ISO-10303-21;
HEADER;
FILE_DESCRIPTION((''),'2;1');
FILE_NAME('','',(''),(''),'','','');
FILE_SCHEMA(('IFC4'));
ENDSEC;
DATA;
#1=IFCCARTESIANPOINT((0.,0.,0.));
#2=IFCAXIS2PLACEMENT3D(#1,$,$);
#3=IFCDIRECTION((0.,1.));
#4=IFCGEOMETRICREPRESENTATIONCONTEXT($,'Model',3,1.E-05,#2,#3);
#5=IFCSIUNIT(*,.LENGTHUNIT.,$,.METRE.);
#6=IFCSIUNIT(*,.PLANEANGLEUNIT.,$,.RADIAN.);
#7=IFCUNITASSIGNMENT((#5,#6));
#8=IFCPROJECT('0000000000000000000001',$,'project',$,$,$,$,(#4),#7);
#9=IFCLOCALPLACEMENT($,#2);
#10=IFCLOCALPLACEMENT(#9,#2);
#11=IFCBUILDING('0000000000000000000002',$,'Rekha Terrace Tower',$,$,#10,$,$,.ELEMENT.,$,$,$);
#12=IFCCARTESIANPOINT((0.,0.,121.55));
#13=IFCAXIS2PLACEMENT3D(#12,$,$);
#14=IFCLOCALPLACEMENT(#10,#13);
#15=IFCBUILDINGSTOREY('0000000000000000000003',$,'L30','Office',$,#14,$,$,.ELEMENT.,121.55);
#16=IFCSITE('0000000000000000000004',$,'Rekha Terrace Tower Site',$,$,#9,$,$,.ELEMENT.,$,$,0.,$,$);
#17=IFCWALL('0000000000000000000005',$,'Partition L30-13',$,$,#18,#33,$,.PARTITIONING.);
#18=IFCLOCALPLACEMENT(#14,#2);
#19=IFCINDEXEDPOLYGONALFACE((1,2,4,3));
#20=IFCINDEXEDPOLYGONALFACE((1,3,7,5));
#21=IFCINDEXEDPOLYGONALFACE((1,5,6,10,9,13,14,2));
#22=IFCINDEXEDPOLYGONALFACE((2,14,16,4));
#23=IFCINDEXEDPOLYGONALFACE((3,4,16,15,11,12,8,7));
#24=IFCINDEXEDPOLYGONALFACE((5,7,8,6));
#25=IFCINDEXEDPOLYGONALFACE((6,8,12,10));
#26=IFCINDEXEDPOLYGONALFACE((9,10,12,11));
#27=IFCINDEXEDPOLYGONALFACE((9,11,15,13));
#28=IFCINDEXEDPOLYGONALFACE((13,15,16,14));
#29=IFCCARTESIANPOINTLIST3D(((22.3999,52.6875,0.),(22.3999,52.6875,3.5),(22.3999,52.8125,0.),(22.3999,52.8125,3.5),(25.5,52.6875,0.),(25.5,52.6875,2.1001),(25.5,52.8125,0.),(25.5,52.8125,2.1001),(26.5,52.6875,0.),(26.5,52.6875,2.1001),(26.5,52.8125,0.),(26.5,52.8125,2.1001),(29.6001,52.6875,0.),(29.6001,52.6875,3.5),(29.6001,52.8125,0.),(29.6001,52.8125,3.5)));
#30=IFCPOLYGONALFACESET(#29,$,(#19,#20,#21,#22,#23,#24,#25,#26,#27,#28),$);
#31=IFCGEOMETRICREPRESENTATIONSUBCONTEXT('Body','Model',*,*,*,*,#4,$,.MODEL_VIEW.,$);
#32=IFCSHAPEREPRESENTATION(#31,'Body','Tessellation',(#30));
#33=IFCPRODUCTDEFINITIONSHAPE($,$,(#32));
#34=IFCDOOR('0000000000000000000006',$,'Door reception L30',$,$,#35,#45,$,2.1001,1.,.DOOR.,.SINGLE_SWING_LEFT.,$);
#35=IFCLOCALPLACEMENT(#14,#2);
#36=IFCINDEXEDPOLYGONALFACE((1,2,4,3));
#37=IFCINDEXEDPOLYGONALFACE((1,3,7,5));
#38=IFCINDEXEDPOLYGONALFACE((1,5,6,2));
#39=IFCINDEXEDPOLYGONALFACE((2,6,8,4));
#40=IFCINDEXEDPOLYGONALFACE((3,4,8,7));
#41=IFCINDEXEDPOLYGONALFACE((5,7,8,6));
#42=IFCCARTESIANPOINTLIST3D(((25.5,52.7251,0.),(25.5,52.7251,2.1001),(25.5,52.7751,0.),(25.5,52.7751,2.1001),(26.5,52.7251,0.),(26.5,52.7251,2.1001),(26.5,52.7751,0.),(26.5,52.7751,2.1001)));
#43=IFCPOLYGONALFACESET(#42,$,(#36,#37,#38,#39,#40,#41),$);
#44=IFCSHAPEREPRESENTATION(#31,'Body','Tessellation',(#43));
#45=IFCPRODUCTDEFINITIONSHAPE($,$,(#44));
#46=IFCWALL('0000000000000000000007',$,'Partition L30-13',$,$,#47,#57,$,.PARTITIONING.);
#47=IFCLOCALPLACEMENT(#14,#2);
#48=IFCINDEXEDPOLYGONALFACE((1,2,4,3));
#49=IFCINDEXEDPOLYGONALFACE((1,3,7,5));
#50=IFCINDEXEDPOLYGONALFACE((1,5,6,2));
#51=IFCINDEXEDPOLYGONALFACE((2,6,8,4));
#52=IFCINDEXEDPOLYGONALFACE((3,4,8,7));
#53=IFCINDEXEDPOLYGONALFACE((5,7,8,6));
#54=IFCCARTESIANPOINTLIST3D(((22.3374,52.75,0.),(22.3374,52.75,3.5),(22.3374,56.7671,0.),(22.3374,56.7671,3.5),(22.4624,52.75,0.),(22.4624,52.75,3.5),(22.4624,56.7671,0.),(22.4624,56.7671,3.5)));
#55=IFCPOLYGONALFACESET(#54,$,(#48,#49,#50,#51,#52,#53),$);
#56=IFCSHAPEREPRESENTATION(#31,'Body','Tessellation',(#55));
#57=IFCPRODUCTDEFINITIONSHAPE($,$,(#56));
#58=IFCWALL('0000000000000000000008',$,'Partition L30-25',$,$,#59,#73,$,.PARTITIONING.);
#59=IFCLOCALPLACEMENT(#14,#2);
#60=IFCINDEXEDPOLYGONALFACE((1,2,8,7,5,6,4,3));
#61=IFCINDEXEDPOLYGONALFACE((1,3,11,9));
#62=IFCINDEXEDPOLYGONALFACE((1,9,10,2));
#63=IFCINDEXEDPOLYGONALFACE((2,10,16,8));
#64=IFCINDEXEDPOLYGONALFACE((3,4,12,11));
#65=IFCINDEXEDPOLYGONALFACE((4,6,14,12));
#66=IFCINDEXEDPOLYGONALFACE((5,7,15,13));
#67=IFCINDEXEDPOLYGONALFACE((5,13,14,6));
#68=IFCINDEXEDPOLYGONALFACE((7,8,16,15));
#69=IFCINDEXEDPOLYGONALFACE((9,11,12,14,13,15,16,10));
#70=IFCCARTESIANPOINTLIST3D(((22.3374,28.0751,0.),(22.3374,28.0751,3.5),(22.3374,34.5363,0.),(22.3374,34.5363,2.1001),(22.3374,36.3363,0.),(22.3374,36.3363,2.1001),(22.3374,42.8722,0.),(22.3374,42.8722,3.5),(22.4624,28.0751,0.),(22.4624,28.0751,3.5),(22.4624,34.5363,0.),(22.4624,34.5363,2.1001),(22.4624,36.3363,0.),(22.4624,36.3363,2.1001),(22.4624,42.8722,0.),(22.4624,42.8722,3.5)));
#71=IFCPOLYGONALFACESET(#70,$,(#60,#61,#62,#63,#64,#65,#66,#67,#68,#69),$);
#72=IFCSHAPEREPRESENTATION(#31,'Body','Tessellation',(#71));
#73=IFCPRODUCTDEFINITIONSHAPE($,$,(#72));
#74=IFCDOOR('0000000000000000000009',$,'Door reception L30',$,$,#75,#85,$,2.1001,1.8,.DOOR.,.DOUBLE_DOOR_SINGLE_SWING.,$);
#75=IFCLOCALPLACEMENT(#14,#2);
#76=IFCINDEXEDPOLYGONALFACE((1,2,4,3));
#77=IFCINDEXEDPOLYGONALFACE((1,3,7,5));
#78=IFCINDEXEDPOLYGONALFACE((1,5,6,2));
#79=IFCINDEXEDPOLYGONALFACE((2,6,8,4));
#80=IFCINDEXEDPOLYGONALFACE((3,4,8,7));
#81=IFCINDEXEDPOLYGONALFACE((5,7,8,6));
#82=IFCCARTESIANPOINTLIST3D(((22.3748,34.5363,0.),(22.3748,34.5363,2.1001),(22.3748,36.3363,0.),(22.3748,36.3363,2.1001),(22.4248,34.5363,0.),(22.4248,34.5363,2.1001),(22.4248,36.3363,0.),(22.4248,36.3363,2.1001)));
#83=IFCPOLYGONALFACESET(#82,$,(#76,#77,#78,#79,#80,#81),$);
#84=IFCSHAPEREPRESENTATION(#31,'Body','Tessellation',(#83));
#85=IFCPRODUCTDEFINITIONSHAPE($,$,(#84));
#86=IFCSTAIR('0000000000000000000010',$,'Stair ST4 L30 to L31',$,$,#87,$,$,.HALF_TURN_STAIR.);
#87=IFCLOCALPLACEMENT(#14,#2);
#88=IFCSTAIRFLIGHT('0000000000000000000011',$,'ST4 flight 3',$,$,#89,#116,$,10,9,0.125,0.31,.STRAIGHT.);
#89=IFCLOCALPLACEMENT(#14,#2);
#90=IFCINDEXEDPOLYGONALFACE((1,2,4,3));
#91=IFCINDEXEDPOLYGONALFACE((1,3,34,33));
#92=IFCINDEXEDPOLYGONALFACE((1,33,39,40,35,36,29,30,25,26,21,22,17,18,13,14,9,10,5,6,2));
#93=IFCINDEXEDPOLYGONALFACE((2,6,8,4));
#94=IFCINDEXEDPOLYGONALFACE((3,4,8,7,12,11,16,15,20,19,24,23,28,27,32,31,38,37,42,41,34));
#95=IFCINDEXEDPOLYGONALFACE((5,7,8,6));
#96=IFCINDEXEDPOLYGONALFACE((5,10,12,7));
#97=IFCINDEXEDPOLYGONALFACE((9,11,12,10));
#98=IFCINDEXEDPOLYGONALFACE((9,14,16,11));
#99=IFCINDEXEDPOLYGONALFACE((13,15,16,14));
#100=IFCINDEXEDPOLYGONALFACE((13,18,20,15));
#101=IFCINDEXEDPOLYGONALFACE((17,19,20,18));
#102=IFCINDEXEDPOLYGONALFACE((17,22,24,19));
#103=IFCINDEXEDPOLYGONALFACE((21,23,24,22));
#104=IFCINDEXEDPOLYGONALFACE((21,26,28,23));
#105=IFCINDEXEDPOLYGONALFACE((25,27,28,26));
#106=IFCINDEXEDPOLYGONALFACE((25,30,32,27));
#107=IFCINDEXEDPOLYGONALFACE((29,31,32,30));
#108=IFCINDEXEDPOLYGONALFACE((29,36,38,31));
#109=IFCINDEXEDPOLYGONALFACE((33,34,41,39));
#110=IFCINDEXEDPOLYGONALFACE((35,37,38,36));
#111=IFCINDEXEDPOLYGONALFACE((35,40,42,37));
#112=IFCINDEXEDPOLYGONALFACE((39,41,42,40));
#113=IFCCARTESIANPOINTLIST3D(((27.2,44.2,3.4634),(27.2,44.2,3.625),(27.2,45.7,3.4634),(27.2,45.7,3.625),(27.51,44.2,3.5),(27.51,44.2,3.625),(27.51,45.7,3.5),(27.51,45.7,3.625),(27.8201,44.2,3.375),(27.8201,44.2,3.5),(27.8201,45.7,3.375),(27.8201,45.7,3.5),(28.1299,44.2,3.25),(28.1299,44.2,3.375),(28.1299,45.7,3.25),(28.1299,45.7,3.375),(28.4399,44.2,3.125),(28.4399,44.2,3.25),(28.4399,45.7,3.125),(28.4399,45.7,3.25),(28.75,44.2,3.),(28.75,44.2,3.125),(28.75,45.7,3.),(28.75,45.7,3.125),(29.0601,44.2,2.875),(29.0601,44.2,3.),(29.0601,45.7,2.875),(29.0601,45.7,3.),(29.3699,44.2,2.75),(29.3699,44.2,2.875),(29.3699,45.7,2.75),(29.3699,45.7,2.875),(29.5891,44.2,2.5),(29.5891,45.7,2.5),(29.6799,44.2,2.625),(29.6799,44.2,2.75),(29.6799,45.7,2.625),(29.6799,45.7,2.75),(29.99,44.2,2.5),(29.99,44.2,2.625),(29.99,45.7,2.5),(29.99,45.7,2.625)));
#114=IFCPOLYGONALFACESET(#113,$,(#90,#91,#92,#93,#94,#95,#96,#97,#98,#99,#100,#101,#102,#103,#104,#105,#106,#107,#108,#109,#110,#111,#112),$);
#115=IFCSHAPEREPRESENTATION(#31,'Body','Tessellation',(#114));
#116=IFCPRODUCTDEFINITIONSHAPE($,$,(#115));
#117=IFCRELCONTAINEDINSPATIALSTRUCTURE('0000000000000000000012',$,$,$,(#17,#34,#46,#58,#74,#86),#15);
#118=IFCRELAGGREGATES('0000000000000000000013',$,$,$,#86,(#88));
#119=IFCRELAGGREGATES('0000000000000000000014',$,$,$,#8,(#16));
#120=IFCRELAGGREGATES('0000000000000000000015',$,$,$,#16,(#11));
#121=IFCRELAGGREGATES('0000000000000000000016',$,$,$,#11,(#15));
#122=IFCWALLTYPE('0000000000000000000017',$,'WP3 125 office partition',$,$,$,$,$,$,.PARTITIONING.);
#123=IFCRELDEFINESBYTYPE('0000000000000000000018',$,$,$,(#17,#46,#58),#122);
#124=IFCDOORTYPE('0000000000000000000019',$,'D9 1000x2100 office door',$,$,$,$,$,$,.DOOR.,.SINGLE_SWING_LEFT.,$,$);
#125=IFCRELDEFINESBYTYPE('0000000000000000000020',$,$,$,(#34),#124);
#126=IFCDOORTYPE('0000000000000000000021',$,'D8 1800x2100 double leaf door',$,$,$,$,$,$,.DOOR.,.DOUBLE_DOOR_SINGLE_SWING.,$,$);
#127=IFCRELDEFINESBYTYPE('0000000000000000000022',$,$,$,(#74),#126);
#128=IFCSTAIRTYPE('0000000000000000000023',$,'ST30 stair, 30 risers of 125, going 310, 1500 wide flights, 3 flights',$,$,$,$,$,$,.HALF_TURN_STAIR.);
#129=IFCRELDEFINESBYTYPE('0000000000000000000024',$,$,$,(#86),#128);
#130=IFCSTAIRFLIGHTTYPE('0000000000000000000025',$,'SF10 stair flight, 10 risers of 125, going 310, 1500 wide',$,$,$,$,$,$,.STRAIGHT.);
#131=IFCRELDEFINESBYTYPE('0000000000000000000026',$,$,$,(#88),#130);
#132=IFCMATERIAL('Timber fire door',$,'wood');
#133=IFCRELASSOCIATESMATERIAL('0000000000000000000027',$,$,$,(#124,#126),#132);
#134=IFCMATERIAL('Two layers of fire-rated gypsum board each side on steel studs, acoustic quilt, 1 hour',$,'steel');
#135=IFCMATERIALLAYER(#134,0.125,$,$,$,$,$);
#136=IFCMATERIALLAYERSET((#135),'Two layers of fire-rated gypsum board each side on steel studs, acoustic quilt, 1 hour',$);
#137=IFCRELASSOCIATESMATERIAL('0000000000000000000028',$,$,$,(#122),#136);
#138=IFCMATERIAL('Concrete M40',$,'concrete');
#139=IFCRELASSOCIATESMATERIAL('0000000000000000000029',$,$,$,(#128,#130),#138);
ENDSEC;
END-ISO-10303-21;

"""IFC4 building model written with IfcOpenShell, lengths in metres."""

from ifc_helpers import new_model, si_unit, direction, frame, frame_2d, origin, place, context, subcontext, project, spatial, polyline, rectangle, outline, extrude, material, layer, layer_set, type_object, element, fill, aggregate, save


model = new_model("IFC4")

# Units and contexts
model_context = context("Model", 3, precision=1e-05, world=origin(), true_north=direction((0.0, 1.0)))
body_context = subcontext(model_context, "Body", "Model", "MODEL_VIEW")
ifc_project = project(units=[si_unit("LENGTHUNIT", "METRE"), si_unit("PLANEANGLEUNIT", "RADIAN")], contexts=[model_context])

# Site, building, storey
site_placement = place(None, origin())
site = spatial("IfcSite", under=ifc_project, at=site_placement, Name="Rekha Terrace Tower Site", CompositionType="ELEMENT", RefElevation=0.0)
building_placement = place(site_placement, origin())
building = spatial("IfcBuilding", under=site, at=building_placement, Name="Rekha Terrace Tower", CompositionType="ELEMENT")
storey_placement = place(building_placement, frame((0.0, 0.0, 121.55)))
storey = spatial("IfcBuildingStorey", under=building, at=storey_placement, Name="L30", Description="Office", CompositionType="ELEMENT", Elevation=121.55)

# Shared definitions
ifc_material_1 = material(Name="Timber fire door", Category="wood")
door_type_1 = type_object("IfcDoorType", Name="D9 1000x2100 office door", OperationType="SINGLE_SWING_LEFT", PredefinedType="DOOR", material=ifc_material_1)

# Shared definitions
ifc_material_2 = material(Name="Two layers of fire-rated gypsum board each side on steel studs, acoustic quilt, 1 hour", Category="steel")
ifc_layer_1 = layer(ifc_material_2, 0.125)
ifc_layer_set_1 = layer_set([ifc_layer_1], Name="Two layers of fire-rated gypsum board each side on steel studs, acoustic quilt, 1 hour")
wall_type_1 = type_object("IfcWallType", Name="WP3 125 office partition", PredefinedType="PARTITIONING", material=ifc_layer_set_1)

# Wall, opening, door
wall_1_placement = place(storey_placement, frame((29.6001, 52.75, 0.0), z_axis=(0.0, 0.0, 1.0), x_axis=(-1.0, 0.0, 0.0)))
wall_1 = element("IfcWall", 1, at=wall_1_placement, inside=storey, type_object=wall_type_1, Name="Partition L30-13", PredefinedType="PARTITIONING", context=body_context, shape_type="SweptSolid", body=[
    extrude(rectangle(XDim=7.2002, YDim=0.125, at=frame_2d((3.6001, 0.0))), origin(), (0.0, 0.0, 1.0), 3.5),
])
opening_1_placement = place(wall_1_placement, frame((3.1001, 0.0, 0.0)))
opening_1 = element("IfcOpeningElement", 2, at=opening_1_placement, cuts=wall_1, PredefinedType="OPENING", context=body_context, shape_type="SweptSolid", body=[
    extrude(rectangle(XDim=1.0, YDim=2.1001, at=frame_2d((0.5, 1.05))), frame((0.0, 0.0725, 0.0), z_axis=(0.0, -1.0, 0.0), x_axis=(1.0, 0.0, 0.0)), (0.0, 0.0, 1.0), 0.145),
])
door_1_placement = place(opening_1_placement, origin())
door_1 = element("IfcDoor", 3, at=door_1_placement, inside=storey, type_object=door_type_1, Name="Door reception L30", OperationType="SINGLE_SWING_LEFT", OverallHeight=2.1001, OverallWidth=1.0, PredefinedType="DOOR", context=body_context, shape_type="SweptSolid", body=[
    extrude(rectangle(XDim=1.0, YDim=2.1001, at=frame_2d((0.5, 1.05))), frame((0.0, 0.0249, 0.0), z_axis=(0.0, -1.0, 0.0), x_axis=(1.0, 0.0, 0.0)), (0.0, 0.0, 1.0), 0.05),
])
fill(opening_1, door_1)

# Wall
wall_2_placement = place(storey_placement, frame((22.3999, 52.75, 0.0), z_axis=(0.0, 0.0, 1.0), x_axis=(0.0, 1.0, 0.0)))
element("IfcWall", 4, at=wall_2_placement, inside=storey, type_object=wall_type_1, Name="Partition L30-13", PredefinedType="PARTITIONING", context=body_context, shape_type="SweptSolid", body=[
    extrude(rectangle(XDim=4.0171, YDim=0.125, at=frame_2d((2.0085, 0.0))), origin(), (0.0, 0.0, 1.0), 3.5),
])

# Wall, opening, door
wall_3_placement = place(storey_placement, frame((22.3999, 42.8721, 0.0), z_axis=(0.0, 0.0, 1.0), x_axis=(0.0, -1.0, 0.0)))
wall_3 = element("IfcWall", 5, at=wall_3_placement, inside=storey, type_object=wall_type_1, Name="Partition L30-25", PredefinedType="PARTITIONING", context=body_context, shape_type="SweptSolid", body=[
    extrude(rectangle(XDim=14.7971, YDim=0.125, at=frame_2d((7.3984, 0.0))), origin(), (0.0, 0.0, 1.0), 3.5),
])
opening_2_placement = place(wall_3_placement, frame((6.5359, 0.0, 0.0)))
opening_2 = element("IfcOpeningElement", 6, at=opening_2_placement, cuts=wall_3, PredefinedType="OPENING", context=body_context, shape_type="SweptSolid", body=[
    extrude(rectangle(XDim=1.8, YDim=2.1001, at=frame_2d((0.8999, 1.05))), frame((0.0, 0.0725, 0.0), z_axis=(0.0, -1.0, 0.0), x_axis=(1.0, 0.0, 0.0)), (0.0, 0.0, 1.0), 0.145),
])
door_type_2 = type_object("IfcDoorType", Name="D8 1800x2100 double leaf door", OperationType="DOUBLE_DOOR_SINGLE_SWING", PredefinedType="DOOR", material=ifc_material_1)
door_2_placement = place(opening_2_placement, origin())
door_2 = element("IfcDoor", 7, at=door_2_placement, inside=storey, type_object=door_type_2, Name="Door reception L30", OperationType="DOUBLE_DOOR_SINGLE_SWING", OverallHeight=2.1001, OverallWidth=1.8, PredefinedType="DOOR", context=body_context, shape_type="SweptSolid", body=[
    extrude(rectangle(XDim=1.8, YDim=2.1001, at=frame_2d((0.8999, 1.05))), frame((0.0, 0.0249, 0.0), z_axis=(0.0, -1.0, 0.0), x_axis=(1.0, 0.0, 0.0)), (0.0, 0.0, 1.0), 0.05),
])
fill(opening_2, door_2)

# Stair, stair flight
ifc_material_3 = material(Name="Concrete M40", Category="concrete")
stair_type = type_object("IfcStairType", Name="ST30 stair, 30 risers of 125, going 310, 1500 wide flights, 3 flights", PredefinedType="HALF_TURN_STAIR", material=ifc_material_3)
stair_placement = place(storey_placement, origin())
stair = element("IfcStair", 8, at=stair_placement, inside=storey, type_object=stair_type, Name="Stair ST4 L30 to L31", PredefinedType="HALF_TURN_STAIR")
stair_flight_type = type_object("IfcStairFlightType", Name="SF10 stair flight, 10 risers of 125, going 310, 1500 wide", PredefinedType="STRAIGHT", material=ifc_material_3)
stair_flight_placement = place(storey_placement, frame((29.99, 44.95, 2.5), z_axis=(0.0, 0.0, 1.0), x_axis=(-1.0, 0.0, 0.0)))
stair_flight = element("IfcStairFlight", 9, at=stair_flight_placement, type_object=stair_flight_type, Name="ST4 flight 3", NumberOfRisers=10, NumberOfTreads=9, PredefinedType="STRAIGHT", RiserHeight=0.125, TreadLength=0.31, context=body_context, shape_type="SweptSolid", body=[
    extrude(outline(polyline([(0.0, 0.0), (0.0, 0.125), (0.3101, 0.125), (0.3101, 0.25), (0.6201, 0.25), (0.6201, 0.375), (0.9299, 0.375), (0.9299, 0.5), (1.24, 0.5), (1.24, 0.625), (1.55, 0.625), (1.55, 0.75), (1.8601, 0.75), (1.8601, 0.875), (2.1699, 0.875), (2.1699, 1.0), (2.48, 1.0), (2.48, 1.125), (2.79, 1.125), (2.79, 1.25), (2.79, 0.9634), (0.4009, 0.0), (0.0, 0.0)])), frame((0.0, 0.75, 0.0), z_axis=(0.0, -1.0, 0.0), x_axis=(1.0, 0.0, 0.0)), (0.0, 0.0, 1.0), 1.5),
])
aggregate(stair, [stair_flight])

save(model, "model.ifc")
